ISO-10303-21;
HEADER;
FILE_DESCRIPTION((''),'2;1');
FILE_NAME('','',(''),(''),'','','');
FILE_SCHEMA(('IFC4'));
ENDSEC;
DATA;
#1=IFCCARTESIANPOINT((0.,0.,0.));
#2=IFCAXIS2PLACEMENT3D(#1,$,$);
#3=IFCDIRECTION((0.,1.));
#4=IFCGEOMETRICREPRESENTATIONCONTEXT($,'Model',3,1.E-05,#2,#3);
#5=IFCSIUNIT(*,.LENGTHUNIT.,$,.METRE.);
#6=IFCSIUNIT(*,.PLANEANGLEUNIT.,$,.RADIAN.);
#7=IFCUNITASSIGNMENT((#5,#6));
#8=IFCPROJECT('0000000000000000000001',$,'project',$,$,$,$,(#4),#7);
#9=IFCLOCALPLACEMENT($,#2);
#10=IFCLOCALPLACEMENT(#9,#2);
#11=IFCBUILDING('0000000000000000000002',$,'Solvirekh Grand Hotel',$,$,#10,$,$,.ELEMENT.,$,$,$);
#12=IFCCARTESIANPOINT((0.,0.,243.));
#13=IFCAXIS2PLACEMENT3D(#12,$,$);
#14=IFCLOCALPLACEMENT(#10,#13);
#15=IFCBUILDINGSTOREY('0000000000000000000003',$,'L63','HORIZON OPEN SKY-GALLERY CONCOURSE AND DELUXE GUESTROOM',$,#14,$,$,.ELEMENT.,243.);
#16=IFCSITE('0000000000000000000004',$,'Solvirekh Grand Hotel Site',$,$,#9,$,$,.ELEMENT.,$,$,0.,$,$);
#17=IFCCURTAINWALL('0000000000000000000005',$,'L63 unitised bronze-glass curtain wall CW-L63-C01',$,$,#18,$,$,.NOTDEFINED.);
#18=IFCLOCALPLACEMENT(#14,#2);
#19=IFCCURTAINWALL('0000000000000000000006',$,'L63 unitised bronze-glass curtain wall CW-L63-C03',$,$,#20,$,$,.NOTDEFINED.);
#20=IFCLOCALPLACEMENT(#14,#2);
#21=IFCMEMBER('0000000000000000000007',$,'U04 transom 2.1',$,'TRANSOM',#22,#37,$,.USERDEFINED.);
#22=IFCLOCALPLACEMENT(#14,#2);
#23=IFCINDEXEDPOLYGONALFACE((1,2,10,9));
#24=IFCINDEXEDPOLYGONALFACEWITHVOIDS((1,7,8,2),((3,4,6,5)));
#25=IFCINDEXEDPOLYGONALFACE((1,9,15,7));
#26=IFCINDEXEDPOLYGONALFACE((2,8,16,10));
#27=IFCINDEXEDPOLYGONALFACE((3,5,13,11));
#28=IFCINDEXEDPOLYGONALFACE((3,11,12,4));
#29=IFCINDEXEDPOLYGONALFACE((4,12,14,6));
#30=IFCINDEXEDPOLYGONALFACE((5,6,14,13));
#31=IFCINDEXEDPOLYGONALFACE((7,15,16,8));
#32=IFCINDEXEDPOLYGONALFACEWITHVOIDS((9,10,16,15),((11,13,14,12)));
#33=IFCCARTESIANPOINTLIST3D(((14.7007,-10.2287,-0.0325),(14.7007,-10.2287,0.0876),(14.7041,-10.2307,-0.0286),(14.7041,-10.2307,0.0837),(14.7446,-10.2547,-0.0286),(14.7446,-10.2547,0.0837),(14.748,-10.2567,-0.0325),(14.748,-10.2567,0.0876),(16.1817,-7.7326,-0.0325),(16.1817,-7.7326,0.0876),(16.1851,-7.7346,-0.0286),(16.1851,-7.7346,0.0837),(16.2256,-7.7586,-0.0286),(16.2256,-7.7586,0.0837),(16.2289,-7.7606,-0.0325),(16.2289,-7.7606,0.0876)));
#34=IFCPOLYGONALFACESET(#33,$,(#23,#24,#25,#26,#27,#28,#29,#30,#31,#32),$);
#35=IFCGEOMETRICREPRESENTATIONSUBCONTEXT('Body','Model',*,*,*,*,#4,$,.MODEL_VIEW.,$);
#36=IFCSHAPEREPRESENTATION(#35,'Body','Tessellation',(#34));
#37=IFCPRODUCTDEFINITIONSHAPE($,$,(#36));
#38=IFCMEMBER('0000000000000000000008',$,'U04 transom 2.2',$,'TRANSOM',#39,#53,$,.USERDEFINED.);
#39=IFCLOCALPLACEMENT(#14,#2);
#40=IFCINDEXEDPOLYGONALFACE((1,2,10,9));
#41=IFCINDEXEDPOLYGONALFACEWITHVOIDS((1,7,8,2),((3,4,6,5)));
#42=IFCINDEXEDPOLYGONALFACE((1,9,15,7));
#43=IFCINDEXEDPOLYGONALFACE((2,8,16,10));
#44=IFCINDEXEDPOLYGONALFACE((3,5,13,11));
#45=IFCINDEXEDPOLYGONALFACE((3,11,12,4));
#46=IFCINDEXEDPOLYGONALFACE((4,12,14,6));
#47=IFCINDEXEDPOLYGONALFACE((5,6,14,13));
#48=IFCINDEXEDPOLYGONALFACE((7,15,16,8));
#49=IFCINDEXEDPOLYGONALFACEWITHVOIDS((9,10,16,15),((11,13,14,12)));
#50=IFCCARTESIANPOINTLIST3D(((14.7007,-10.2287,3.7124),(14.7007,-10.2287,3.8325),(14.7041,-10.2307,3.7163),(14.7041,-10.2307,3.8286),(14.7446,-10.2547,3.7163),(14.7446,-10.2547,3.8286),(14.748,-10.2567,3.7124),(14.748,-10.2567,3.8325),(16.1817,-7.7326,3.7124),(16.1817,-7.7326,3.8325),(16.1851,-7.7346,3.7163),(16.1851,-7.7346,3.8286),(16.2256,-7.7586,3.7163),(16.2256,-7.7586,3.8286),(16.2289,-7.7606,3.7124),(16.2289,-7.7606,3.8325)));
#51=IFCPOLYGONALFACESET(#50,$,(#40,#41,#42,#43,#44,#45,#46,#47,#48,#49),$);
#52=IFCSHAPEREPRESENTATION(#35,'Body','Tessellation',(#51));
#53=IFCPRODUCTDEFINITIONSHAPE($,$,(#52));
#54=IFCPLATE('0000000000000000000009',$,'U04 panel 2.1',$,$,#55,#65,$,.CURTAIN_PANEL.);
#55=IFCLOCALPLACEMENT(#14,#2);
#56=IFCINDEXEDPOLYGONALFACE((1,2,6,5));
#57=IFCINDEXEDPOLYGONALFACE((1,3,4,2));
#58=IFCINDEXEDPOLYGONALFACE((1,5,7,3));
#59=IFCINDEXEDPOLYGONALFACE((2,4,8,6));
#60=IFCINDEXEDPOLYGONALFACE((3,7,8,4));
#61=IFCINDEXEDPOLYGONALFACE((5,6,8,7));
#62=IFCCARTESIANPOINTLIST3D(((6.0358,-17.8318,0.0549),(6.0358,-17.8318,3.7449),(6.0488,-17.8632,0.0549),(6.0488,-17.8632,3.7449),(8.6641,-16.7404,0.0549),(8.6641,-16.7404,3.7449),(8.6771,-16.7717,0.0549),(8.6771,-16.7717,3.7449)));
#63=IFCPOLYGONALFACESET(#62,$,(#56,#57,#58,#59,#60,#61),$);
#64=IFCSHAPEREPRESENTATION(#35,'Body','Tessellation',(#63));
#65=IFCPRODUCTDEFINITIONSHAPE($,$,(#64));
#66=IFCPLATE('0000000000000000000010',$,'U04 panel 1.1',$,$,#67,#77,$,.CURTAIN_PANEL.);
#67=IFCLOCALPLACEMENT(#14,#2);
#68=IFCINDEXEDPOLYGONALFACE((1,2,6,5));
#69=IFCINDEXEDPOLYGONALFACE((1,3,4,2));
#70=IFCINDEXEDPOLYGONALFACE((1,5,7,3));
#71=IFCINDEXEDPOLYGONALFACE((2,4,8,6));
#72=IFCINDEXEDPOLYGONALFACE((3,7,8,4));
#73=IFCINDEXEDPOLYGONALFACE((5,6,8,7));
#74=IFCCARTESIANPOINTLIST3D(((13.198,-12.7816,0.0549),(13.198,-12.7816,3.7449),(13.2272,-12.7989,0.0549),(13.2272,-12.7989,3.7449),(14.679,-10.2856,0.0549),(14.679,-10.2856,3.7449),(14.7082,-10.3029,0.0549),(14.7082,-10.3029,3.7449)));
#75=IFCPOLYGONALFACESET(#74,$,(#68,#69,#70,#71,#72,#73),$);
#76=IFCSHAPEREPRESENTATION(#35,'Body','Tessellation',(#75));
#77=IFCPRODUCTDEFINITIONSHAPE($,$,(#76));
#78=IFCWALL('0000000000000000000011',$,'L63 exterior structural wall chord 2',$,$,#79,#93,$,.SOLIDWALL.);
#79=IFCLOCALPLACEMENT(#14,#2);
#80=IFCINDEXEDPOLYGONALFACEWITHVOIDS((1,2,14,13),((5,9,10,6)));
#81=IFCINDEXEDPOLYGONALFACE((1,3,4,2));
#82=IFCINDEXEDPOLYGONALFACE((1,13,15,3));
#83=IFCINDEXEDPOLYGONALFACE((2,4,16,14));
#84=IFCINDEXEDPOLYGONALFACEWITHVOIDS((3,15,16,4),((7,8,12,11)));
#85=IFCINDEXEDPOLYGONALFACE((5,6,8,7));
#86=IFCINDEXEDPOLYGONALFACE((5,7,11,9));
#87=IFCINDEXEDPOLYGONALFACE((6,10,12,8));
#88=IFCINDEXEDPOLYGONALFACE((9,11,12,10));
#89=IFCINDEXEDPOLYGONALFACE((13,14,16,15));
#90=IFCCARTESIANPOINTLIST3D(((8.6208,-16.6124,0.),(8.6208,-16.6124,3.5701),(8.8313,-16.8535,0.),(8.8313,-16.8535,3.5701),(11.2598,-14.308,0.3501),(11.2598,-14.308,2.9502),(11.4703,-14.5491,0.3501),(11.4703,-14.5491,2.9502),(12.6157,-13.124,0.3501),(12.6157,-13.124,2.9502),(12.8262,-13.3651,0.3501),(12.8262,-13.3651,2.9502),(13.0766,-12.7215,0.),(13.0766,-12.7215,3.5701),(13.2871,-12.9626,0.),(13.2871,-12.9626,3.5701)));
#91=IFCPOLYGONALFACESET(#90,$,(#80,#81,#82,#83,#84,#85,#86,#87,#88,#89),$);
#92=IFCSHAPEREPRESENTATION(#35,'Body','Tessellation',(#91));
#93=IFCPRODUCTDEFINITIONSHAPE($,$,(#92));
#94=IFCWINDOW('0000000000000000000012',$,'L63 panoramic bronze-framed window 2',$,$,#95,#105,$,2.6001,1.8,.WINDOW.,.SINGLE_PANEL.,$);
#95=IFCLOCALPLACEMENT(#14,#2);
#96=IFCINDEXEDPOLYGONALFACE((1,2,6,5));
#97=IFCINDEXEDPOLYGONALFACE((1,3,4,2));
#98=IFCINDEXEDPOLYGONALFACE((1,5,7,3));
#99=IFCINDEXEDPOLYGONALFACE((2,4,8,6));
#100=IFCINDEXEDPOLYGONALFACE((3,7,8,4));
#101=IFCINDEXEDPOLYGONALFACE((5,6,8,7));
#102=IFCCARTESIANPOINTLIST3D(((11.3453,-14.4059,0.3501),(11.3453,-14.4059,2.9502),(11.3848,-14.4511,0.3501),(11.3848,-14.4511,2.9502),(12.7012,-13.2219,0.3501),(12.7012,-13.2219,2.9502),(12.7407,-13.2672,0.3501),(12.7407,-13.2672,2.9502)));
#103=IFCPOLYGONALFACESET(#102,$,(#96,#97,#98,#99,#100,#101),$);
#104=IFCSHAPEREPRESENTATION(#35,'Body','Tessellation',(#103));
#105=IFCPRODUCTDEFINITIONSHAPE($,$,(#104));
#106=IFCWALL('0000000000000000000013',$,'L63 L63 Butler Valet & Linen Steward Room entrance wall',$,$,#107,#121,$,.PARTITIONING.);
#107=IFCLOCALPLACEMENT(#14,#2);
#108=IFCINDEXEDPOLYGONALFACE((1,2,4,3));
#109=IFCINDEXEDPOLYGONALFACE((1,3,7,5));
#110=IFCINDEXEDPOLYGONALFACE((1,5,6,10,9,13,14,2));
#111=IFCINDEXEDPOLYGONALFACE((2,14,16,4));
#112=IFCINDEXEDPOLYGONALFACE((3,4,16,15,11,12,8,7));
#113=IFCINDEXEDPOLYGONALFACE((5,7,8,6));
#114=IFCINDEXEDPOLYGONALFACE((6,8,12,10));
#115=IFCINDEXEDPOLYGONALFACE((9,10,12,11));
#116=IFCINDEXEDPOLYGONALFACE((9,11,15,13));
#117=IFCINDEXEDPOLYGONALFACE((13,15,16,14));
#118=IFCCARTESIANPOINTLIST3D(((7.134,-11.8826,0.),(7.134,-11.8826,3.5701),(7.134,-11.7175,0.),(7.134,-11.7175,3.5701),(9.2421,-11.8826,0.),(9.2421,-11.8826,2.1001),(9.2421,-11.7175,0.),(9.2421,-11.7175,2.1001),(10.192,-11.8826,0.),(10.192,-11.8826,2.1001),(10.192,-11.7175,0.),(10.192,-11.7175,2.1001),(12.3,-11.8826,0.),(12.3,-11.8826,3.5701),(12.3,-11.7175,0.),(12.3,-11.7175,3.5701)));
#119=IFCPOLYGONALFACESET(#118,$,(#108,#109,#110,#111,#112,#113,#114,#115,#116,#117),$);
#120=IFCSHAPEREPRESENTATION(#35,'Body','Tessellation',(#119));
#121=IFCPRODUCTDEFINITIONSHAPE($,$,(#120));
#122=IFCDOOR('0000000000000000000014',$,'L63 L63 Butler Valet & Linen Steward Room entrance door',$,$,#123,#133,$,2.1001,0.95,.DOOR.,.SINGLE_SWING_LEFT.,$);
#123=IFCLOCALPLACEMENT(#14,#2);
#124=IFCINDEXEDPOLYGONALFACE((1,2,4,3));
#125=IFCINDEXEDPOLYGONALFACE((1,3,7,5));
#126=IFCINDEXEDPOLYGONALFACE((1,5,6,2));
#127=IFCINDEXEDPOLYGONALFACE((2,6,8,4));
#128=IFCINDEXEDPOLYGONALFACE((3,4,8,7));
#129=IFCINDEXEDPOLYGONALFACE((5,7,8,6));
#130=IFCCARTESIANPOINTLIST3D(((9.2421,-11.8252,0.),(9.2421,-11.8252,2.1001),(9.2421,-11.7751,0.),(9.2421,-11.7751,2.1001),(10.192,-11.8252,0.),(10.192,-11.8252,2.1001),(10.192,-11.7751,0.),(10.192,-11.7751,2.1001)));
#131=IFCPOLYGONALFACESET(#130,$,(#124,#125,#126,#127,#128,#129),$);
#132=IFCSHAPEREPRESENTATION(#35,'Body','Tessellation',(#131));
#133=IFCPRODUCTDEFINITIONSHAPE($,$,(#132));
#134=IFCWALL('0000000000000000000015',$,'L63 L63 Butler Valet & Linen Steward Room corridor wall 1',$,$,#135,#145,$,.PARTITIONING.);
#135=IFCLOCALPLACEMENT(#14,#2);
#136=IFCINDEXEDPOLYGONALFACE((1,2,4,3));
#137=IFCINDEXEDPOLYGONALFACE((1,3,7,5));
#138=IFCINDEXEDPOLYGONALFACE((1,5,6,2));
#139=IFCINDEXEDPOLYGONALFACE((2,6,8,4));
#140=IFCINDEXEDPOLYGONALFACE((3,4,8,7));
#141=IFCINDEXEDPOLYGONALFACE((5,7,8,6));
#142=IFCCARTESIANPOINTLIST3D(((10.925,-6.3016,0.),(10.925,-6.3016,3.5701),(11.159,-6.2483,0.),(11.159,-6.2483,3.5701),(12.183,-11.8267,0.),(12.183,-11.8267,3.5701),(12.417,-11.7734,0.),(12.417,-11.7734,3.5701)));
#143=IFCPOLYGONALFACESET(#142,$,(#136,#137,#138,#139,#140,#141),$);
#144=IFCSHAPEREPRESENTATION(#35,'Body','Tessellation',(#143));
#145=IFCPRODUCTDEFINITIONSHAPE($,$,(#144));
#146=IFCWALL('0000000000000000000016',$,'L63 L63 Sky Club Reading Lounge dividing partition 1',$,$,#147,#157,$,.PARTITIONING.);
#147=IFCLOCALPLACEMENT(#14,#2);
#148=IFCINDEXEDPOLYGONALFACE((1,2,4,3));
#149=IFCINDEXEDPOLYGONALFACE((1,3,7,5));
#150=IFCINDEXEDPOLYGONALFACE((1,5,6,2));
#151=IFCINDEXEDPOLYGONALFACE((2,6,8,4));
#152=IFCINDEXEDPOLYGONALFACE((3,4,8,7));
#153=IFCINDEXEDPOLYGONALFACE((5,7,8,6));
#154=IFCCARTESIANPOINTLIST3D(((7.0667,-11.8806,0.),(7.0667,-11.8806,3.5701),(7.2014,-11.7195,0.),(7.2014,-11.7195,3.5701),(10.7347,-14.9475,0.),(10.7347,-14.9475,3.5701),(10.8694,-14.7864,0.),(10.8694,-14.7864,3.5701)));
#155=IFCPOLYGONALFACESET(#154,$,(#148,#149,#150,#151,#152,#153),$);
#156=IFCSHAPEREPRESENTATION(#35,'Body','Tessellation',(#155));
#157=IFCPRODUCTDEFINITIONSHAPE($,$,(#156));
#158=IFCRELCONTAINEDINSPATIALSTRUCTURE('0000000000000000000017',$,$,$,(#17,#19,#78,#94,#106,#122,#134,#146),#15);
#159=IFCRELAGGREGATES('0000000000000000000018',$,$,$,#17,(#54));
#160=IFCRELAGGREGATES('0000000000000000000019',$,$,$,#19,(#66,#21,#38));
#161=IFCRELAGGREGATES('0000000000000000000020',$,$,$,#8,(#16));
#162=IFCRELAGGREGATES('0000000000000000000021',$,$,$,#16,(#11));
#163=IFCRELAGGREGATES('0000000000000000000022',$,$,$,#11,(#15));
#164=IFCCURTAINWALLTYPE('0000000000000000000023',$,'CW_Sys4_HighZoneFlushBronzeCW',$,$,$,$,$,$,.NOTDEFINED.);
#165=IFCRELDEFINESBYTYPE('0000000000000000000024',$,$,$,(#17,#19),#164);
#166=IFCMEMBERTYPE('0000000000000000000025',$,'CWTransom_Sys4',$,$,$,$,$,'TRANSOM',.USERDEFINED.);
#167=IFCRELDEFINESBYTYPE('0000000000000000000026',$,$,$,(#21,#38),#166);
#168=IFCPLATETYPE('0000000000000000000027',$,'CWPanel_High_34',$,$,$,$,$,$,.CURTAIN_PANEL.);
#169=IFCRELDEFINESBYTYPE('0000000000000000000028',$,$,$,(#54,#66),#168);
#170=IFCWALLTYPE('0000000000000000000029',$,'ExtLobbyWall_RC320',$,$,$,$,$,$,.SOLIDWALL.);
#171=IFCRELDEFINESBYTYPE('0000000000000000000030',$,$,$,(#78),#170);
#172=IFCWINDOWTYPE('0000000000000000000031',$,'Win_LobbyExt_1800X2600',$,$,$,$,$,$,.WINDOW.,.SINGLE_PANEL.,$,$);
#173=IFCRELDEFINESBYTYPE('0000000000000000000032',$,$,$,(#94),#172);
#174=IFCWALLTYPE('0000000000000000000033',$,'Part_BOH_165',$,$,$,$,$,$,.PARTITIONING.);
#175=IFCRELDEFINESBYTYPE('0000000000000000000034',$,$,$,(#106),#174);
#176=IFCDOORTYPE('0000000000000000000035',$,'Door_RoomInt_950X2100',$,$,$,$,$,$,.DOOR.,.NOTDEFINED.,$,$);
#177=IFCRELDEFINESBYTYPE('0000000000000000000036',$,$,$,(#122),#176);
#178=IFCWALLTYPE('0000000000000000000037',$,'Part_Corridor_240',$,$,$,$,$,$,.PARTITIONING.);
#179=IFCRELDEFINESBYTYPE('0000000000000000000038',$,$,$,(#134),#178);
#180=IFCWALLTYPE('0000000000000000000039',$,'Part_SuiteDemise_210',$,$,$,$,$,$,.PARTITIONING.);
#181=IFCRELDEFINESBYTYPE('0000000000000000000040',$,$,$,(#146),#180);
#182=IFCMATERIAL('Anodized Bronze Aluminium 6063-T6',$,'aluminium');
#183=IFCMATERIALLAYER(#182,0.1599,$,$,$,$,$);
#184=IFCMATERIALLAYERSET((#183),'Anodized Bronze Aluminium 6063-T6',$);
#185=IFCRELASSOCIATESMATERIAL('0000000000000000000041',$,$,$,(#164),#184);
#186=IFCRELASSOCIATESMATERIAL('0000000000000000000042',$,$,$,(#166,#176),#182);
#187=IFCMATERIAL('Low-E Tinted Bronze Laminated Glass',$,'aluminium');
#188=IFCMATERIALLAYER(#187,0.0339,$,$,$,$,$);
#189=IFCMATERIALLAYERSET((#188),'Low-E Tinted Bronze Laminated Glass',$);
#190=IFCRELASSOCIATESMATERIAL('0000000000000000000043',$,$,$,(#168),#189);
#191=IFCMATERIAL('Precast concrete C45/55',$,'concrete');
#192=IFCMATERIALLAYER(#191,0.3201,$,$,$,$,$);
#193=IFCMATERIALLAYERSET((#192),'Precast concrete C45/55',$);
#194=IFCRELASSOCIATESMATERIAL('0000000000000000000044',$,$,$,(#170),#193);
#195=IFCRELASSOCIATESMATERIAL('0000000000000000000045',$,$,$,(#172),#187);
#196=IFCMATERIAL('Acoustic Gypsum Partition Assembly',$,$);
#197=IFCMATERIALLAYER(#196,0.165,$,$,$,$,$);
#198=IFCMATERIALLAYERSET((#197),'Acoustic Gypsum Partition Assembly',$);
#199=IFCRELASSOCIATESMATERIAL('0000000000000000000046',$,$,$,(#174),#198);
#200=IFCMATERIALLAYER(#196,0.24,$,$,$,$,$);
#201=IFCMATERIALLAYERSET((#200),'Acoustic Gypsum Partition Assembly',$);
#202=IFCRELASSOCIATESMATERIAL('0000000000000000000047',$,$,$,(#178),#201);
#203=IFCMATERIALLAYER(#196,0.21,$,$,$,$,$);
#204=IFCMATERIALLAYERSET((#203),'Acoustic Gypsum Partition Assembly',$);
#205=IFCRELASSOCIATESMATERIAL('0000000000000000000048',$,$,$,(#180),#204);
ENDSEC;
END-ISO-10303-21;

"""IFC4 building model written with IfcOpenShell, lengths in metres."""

from ifc_helpers import new_model, si_unit, direction, frame, frame_2d, origin, origin_2d, place, context, subcontext, project, spatial, rectangle, hollow_rectangle, extrude, source, transform, mapped, material, layer, layer_set, material_profile, profile_set, type_object, element, fill, aggregate, save


model = new_model("IFC4")

# Units and contexts
model_context = context("Model", 3, precision=1e-05, world=origin(), true_north=direction((0.0, 1.0)))
body_context = subcontext(model_context, "Body", "Model", "MODEL_VIEW")
ifc_project = project(units=[si_unit("LENGTHUNIT", "METRE"), si_unit("PLANEANGLEUNIT", "RADIAN")], contexts=[model_context])

# Site, building, storey
site_placement = place(None, origin())
site = spatial("IfcSite", under=ifc_project, at=site_placement, Name="Solvirekh Grand Hotel Site", CompositionType="ELEMENT", RefElevation=0.0)
building_placement = place(site_placement, origin())
building = spatial("IfcBuilding", under=site, at=building_placement, Name="Solvirekh Grand Hotel", CompositionType="ELEMENT")
storey_placement = place(building_placement, frame((0.0, 0.0, 243.0)))
storey = spatial("IfcBuildingStorey", under=building, at=storey_placement, Name="L63", Description="HORIZON OPEN SKY-GALLERY CONCOURSE AND DELUXE GUESTROOM", CompositionType="ELEMENT", Elevation=243.0)

# Curtain wall
ifc_material_1 = material(Name="Anodized Bronze Aluminium 6063-T6", Category="aluminium")
ifc_layer_1 = layer(ifc_material_1, 0.1599)
ifc_layer_set_1 = layer_set([ifc_layer_1], Name="Anodized Bronze Aluminium 6063-T6")
curtain_wall_type = type_object("IfcCurtainWallType", Name="CW_Sys4_HighZoneFlushBronzeCW", PredefinedType="NOTDEFINED", material=ifc_layer_set_1)
curtain_wall_1_placement = place(storey_placement, origin())
curtain_wall_1 = element("IfcCurtainWall", 1, at=curtain_wall_1_placement, inside=storey, type_object=curtain_wall_type, Name="L63 unitised bronze-glass curtain wall CW-L63-C01", PredefinedType="NOTDEFINED")

# Curtain wall, members
curtain_wall_2_placement = place(storey_placement, origin())
curtain_wall_2 = element("IfcCurtainWall", 2, at=curtain_wall_2_placement, inside=storey, type_object=curtain_wall_type, Name="L63 unitised bronze-glass curtain wall CW-L63-C03", PredefinedType="NOTDEFINED")
ifc_material_profile_1 = material_profile(ifc_material_1, hollow_rectangle(XDim=0.0549, YDim=0.1201, WallThickness=0.0039, at=origin_2d()), Name="ALU RHS 120X55X4")
ifc_profile_set_1 = profile_set([ifc_material_profile_1], Name="Anodized Bronze Aluminium 6063-T6")
member_type_1 = type_object("IfcMemberType", Name="CWTransom_Sys4", ElementType="TRANSOM", PredefinedType="USERDEFINED", material=ifc_profile_set_1)
shared_shape_1 = source(origin(), body_context, "Body", "SweptSolid", [
    extrude(hollow_rectangle(XDim=0.0549, YDim=0.1201, WallThickness=0.0039, at=origin_2d()), origin(), (0.0, 0.0, 1.0), 2.9023),
])
member_1_placement = place(storey_placement, frame((14.7244, -10.2427, 0.0276), z_axis=(0.510259, 0.860021, 0.0), x_axis=(-0.860021, 0.510259, 0.0)))
member_1 = element("IfcMember", 3, at=member_1_placement, type_object=member_type_1, Name="U04 transom 2.1", ObjectType="TRANSOM", PredefinedType="USERDEFINED", context=body_context, shape_type="MappedRepresentation", body=[
    mapped(shared_shape_1, transform((0.0, 0.0, 0.0), x_axis=(1.0, 0.0, 0.0), y_axis=(0.0, 1.0, 0.0), z_axis=(0.0, 0.0, 1.0), scale=1.0)),
])
member_2_placement = place(storey_placement, frame((14.7244, -10.2427, 3.7725), z_axis=(0.510259, 0.860021, 0.0), x_axis=(-0.860021, 0.510259, 0.0)))
member_2 = element("IfcMember", 4, at=member_2_placement, type_object=member_type_1, Name="U04 transom 2.2", ObjectType="TRANSOM", PredefinedType="USERDEFINED", context=body_context, shape_type="MappedRepresentation", body=[
    mapped(shared_shape_1, transform((0.0, 0.0, 0.0), x_axis=(1.0, 0.0, 0.0), y_axis=(0.0, 1.0, 0.0), z_axis=(0.0, 0.0, 1.0), scale=1.0)),
])

# Plates
ifc_material_2 = material(Name="Low-E Tinted Bronze Laminated Glass", Category="aluminium")
ifc_layer_2 = layer(ifc_material_2, 0.0339)
ifc_layer_set_2 = layer_set([ifc_layer_2], Name="Low-E Tinted Bronze Laminated Glass")
plate_type = type_object("IfcPlateType", Name="CWPanel_High_34", PredefinedType="CURTAIN_PANEL", material=ifc_layer_set_2)
shared_shape_2 = source(origin(), body_context, "Body", "SweptSolid", [
    extrude(rectangle(XDim=2.8459, YDim=0.0339, at=origin_2d()), origin(), (0.0, 0.0, 1.0), 3.6899),
])
plate_1_placement = place(storey_placement, frame((7.3564, -17.3018, 0.0549), z_axis=(0.0, 0.0, 1.0), x_axis=(0.923535, 0.383515, 0.0)))
plate_1 = element("IfcPlate", 5, at=plate_1_placement, type_object=plate_type, Name="U04 panel 2.1", PredefinedType="CURTAIN_PANEL", context=body_context, shape_type="MappedRepresentation", body=[
    mapped(shared_shape_2, transform((0.0, 0.0, 0.0), x_axis=(1.0, 0.0, 0.0), y_axis=(0.0, 1.0, 0.0), z_axis=(0.0, 0.0, 1.0), scale=1.0)),
])
aggregate(curtain_wall_1, [plate_1])
shared_shape_3 = source(origin(), body_context, "Body", "SweptSolid", [
    extrude(rectangle(XDim=2.9023, YDim=0.0339, at=origin_2d()), origin(), (0.0, 0.0, 1.0), 3.6899),
])
plate_2_placement = place(storey_placement, frame((13.9531, -11.5422, 0.0549), z_axis=(0.0, 0.0, 1.0), x_axis=(0.510288, 0.860004, 0.0)))
plate_2 = element("IfcPlate", 6, at=plate_2_placement, type_object=plate_type, Name="U04 panel 1.1", PredefinedType="CURTAIN_PANEL", context=body_context, shape_type="MappedRepresentation", body=[
    mapped(shared_shape_3, transform((0.0, 0.0, 0.0), x_axis=(1.0, 0.0, 0.0), y_axis=(0.0, 1.0, 0.0), z_axis=(0.0, 0.0, 1.0), scale=1.0)),
])
aggregate(curtain_wall_2, [plate_2, member_1, member_2])

# Wall, opening, window
ifc_material_3 = material(Name="Precast concrete C45/55", Category="concrete")
ifc_layer_3 = layer(ifc_material_3, 0.3201)
ifc_layer_set_3 = layer_set([ifc_layer_3], Name="Precast concrete C45/55")
wall_type_1 = type_object("IfcWallType", Name="ExtLobbyWall_RC320", PredefinedType="SOLIDWALL", material=ifc_layer_set_3)
wall_1_placement = place(storey_placement, frame((13.1819, -12.842, 0.0), z_axis=(0.0, 0.0, 1.0), x_axis=(-0.753244, -0.657742, 0.0)))
wall_1 = element("IfcWall", 7, at=wall_1_placement, inside=storey, type_object=wall_type_1, Name="L63 exterior structural wall chord 2", PredefinedType="SOLIDWALL", context=body_context, shape_type="SweptSolid", body=[
    extrude(rectangle(XDim=5.9155, YDim=0.3201, at=frame_2d((2.9578, 0.0))), origin(), (0.0, 0.0, 1.0), 3.5701),
])
opening_1_placement = place(wall_1_placement, frame((0.6121, 0.0, 0.3501)))
opening_1 = element("IfcOpeningElement", 8, at=opening_1_placement, cuts=wall_1, PredefinedType="OPENING", context=body_context, shape_type="SweptSolid", body=[
    extrude(rectangle(XDim=1.8, YDim=2.6001, at=frame_2d((0.8999, 1.3))), frame((0.0, 0.1699, 0.0), z_axis=(0.0, -1.0, 0.0), x_axis=(1.0, 0.0, 0.0)), (0.0, 0.0, 1.0), 0.3401),
])
window_type = type_object("IfcWindowType", Name="Win_LobbyExt_1800X2600", PartitioningType="SINGLE_PANEL", PredefinedType="WINDOW", material=ifc_material_2)
window_placement = place(opening_1_placement, origin())
window = element("IfcWindow", 9, at=window_placement, inside=storey, type_object=window_type, Name="L63 panoramic bronze-framed window 2", OverallHeight=2.6001, OverallWidth=1.8, PartitioningType="SINGLE_PANEL", PredefinedType="WINDOW", context=body_context, shape_type="SweptSolid", body=[
    extrude(rectangle(XDim=1.8, YDim=2.6001, at=frame_2d((0.8999, 1.3))), frame((0.0, 0.03, 0.0), z_axis=(0.0, -1.0, 0.0), x_axis=(1.0, 0.0, 0.0)), (0.0, 0.0, 1.0), 0.0601),
])
fill(opening_1, window)

# Wall, opening, door
ifc_material_4 = material(Name="Acoustic Gypsum Partition Assembly")
ifc_layer_4 = layer(ifc_material_4, 0.165)
ifc_layer_set_4 = layer_set([ifc_layer_4], Name="Acoustic Gypsum Partition Assembly")
wall_type_2 = type_object("IfcWallType", Name="Part_BOH_165", PredefinedType="PARTITIONING", material=ifc_layer_set_4)
wall_2_placement = place(storey_placement, frame((7.134, -11.8, 0.0), z_axis=(0.0, 0.0, 1.0), x_axis=(1.0, 0.0, 0.0)))
wall_2 = element("IfcWall", 10, at=wall_2_placement, inside=storey, type_object=wall_type_2, Name="L63 L63 Butler Valet & Linen Steward Room entrance wall", PredefinedType="PARTITIONING", context=body_context, shape_type="SweptSolid", body=[
    extrude(rectangle(XDim=5.166, YDim=0.165, at=frame_2d((2.583, 0.0))), origin(), (0.0, 0.0, 1.0), 3.5701),
])
opening_2_placement = place(wall_2_placement, frame((2.1079, 0.0, 0.0)))
opening_2 = element("IfcOpeningElement", 11, at=opening_2_placement, cuts=wall_2, PredefinedType="OPENING", context=body_context, shape_type="SweptSolid", body=[
    extrude(rectangle(XDim=0.95, YDim=2.1001, at=frame_2d((0.4751, 1.05))), frame((0.0, 0.0925, 0.0), z_axis=(0.0, -1.0, 0.0), x_axis=(1.0, 0.0, 0.0)), (0.0, 0.0, 1.0), 0.1851),
])
door_type = type_object("IfcDoorType", Name="Door_RoomInt_950X2100", OperationType="NOTDEFINED", PredefinedType="DOOR", material=ifc_material_1)
door_placement = place(opening_2_placement, origin())
door = element("IfcDoor", 12, at=door_placement, inside=storey, type_object=door_type, Name="L63 L63 Butler Valet & Linen Steward Room entrance door", OperationType="SINGLE_SWING_LEFT", OverallHeight=2.1001, OverallWidth=0.95, PredefinedType="DOOR", context=body_context, shape_type="SweptSolid", body=[
    extrude(rectangle(XDim=0.95, YDim=2.1001, at=frame_2d((0.4751, 1.05))), frame((0.0, 0.0249, 0.0), z_axis=(0.0, -1.0, 0.0), x_axis=(1.0, 0.0, 0.0)), (0.0, 0.0, 1.0), 0.05),
])
fill(opening_2, door)

# Walls
ifc_layer_5 = layer(ifc_material_4, 0.24)
ifc_layer_set_5 = layer_set([ifc_layer_5], Name="Acoustic Gypsum Partition Assembly")
wall_type_3 = type_object("IfcWallType", Name="Part_Corridor_240", PredefinedType="PARTITIONING", material=ifc_layer_set_5)
wall_3_placement = place(storey_placement, frame((12.3, -11.8, 0.0), z_axis=(0.0, 0.0, 1.0), x_axis=(-0.222014, 0.975043, 0.0)))
element("IfcWall", 13, at=wall_3_placement, inside=storey, type_object=wall_type_3, Name="L63 L63 Butler Valet & Linen Steward Room corridor wall 1", PredefinedType="PARTITIONING", context=body_context, shape_type="SweptSolid", body=[
    extrude(rectangle(XDim=5.6665, YDim=0.24, at=frame_2d((2.8333, 0.0))), origin(), (0.0, 0.0, 1.0), 3.5701),
])
ifc_layer_6 = layer(ifc_material_4, 0.21)
ifc_layer_set_6 = layer_set([ifc_layer_6], Name="Acoustic Gypsum Partition Assembly")
wall_type_4 = type_object("IfcWallType", Name="Part_SuiteDemise_210", PredefinedType="PARTITIONING", material=ifc_layer_set_6)
wall_4_placement = place(storey_placement, frame((7.134, -11.8, 0.0), z_axis=(0.0, 0.0, 1.0), x_axis=(0.767165, -0.641449, 0.0)))
element("IfcWall", 14, at=wall_4_placement, inside=storey, type_object=wall_type_4, Name="L63 L63 Sky Club Reading Lounge dividing partition 1", PredefinedType="PARTITIONING", context=body_context, shape_type="SweptSolid", body=[
    extrude(rectangle(XDim=4.7812, YDim=0.21, at=frame_2d((2.3906, 0.0))), origin(), (0.0, 0.0, 1.0), 3.5701),
])

save(model, "model.ifc")
